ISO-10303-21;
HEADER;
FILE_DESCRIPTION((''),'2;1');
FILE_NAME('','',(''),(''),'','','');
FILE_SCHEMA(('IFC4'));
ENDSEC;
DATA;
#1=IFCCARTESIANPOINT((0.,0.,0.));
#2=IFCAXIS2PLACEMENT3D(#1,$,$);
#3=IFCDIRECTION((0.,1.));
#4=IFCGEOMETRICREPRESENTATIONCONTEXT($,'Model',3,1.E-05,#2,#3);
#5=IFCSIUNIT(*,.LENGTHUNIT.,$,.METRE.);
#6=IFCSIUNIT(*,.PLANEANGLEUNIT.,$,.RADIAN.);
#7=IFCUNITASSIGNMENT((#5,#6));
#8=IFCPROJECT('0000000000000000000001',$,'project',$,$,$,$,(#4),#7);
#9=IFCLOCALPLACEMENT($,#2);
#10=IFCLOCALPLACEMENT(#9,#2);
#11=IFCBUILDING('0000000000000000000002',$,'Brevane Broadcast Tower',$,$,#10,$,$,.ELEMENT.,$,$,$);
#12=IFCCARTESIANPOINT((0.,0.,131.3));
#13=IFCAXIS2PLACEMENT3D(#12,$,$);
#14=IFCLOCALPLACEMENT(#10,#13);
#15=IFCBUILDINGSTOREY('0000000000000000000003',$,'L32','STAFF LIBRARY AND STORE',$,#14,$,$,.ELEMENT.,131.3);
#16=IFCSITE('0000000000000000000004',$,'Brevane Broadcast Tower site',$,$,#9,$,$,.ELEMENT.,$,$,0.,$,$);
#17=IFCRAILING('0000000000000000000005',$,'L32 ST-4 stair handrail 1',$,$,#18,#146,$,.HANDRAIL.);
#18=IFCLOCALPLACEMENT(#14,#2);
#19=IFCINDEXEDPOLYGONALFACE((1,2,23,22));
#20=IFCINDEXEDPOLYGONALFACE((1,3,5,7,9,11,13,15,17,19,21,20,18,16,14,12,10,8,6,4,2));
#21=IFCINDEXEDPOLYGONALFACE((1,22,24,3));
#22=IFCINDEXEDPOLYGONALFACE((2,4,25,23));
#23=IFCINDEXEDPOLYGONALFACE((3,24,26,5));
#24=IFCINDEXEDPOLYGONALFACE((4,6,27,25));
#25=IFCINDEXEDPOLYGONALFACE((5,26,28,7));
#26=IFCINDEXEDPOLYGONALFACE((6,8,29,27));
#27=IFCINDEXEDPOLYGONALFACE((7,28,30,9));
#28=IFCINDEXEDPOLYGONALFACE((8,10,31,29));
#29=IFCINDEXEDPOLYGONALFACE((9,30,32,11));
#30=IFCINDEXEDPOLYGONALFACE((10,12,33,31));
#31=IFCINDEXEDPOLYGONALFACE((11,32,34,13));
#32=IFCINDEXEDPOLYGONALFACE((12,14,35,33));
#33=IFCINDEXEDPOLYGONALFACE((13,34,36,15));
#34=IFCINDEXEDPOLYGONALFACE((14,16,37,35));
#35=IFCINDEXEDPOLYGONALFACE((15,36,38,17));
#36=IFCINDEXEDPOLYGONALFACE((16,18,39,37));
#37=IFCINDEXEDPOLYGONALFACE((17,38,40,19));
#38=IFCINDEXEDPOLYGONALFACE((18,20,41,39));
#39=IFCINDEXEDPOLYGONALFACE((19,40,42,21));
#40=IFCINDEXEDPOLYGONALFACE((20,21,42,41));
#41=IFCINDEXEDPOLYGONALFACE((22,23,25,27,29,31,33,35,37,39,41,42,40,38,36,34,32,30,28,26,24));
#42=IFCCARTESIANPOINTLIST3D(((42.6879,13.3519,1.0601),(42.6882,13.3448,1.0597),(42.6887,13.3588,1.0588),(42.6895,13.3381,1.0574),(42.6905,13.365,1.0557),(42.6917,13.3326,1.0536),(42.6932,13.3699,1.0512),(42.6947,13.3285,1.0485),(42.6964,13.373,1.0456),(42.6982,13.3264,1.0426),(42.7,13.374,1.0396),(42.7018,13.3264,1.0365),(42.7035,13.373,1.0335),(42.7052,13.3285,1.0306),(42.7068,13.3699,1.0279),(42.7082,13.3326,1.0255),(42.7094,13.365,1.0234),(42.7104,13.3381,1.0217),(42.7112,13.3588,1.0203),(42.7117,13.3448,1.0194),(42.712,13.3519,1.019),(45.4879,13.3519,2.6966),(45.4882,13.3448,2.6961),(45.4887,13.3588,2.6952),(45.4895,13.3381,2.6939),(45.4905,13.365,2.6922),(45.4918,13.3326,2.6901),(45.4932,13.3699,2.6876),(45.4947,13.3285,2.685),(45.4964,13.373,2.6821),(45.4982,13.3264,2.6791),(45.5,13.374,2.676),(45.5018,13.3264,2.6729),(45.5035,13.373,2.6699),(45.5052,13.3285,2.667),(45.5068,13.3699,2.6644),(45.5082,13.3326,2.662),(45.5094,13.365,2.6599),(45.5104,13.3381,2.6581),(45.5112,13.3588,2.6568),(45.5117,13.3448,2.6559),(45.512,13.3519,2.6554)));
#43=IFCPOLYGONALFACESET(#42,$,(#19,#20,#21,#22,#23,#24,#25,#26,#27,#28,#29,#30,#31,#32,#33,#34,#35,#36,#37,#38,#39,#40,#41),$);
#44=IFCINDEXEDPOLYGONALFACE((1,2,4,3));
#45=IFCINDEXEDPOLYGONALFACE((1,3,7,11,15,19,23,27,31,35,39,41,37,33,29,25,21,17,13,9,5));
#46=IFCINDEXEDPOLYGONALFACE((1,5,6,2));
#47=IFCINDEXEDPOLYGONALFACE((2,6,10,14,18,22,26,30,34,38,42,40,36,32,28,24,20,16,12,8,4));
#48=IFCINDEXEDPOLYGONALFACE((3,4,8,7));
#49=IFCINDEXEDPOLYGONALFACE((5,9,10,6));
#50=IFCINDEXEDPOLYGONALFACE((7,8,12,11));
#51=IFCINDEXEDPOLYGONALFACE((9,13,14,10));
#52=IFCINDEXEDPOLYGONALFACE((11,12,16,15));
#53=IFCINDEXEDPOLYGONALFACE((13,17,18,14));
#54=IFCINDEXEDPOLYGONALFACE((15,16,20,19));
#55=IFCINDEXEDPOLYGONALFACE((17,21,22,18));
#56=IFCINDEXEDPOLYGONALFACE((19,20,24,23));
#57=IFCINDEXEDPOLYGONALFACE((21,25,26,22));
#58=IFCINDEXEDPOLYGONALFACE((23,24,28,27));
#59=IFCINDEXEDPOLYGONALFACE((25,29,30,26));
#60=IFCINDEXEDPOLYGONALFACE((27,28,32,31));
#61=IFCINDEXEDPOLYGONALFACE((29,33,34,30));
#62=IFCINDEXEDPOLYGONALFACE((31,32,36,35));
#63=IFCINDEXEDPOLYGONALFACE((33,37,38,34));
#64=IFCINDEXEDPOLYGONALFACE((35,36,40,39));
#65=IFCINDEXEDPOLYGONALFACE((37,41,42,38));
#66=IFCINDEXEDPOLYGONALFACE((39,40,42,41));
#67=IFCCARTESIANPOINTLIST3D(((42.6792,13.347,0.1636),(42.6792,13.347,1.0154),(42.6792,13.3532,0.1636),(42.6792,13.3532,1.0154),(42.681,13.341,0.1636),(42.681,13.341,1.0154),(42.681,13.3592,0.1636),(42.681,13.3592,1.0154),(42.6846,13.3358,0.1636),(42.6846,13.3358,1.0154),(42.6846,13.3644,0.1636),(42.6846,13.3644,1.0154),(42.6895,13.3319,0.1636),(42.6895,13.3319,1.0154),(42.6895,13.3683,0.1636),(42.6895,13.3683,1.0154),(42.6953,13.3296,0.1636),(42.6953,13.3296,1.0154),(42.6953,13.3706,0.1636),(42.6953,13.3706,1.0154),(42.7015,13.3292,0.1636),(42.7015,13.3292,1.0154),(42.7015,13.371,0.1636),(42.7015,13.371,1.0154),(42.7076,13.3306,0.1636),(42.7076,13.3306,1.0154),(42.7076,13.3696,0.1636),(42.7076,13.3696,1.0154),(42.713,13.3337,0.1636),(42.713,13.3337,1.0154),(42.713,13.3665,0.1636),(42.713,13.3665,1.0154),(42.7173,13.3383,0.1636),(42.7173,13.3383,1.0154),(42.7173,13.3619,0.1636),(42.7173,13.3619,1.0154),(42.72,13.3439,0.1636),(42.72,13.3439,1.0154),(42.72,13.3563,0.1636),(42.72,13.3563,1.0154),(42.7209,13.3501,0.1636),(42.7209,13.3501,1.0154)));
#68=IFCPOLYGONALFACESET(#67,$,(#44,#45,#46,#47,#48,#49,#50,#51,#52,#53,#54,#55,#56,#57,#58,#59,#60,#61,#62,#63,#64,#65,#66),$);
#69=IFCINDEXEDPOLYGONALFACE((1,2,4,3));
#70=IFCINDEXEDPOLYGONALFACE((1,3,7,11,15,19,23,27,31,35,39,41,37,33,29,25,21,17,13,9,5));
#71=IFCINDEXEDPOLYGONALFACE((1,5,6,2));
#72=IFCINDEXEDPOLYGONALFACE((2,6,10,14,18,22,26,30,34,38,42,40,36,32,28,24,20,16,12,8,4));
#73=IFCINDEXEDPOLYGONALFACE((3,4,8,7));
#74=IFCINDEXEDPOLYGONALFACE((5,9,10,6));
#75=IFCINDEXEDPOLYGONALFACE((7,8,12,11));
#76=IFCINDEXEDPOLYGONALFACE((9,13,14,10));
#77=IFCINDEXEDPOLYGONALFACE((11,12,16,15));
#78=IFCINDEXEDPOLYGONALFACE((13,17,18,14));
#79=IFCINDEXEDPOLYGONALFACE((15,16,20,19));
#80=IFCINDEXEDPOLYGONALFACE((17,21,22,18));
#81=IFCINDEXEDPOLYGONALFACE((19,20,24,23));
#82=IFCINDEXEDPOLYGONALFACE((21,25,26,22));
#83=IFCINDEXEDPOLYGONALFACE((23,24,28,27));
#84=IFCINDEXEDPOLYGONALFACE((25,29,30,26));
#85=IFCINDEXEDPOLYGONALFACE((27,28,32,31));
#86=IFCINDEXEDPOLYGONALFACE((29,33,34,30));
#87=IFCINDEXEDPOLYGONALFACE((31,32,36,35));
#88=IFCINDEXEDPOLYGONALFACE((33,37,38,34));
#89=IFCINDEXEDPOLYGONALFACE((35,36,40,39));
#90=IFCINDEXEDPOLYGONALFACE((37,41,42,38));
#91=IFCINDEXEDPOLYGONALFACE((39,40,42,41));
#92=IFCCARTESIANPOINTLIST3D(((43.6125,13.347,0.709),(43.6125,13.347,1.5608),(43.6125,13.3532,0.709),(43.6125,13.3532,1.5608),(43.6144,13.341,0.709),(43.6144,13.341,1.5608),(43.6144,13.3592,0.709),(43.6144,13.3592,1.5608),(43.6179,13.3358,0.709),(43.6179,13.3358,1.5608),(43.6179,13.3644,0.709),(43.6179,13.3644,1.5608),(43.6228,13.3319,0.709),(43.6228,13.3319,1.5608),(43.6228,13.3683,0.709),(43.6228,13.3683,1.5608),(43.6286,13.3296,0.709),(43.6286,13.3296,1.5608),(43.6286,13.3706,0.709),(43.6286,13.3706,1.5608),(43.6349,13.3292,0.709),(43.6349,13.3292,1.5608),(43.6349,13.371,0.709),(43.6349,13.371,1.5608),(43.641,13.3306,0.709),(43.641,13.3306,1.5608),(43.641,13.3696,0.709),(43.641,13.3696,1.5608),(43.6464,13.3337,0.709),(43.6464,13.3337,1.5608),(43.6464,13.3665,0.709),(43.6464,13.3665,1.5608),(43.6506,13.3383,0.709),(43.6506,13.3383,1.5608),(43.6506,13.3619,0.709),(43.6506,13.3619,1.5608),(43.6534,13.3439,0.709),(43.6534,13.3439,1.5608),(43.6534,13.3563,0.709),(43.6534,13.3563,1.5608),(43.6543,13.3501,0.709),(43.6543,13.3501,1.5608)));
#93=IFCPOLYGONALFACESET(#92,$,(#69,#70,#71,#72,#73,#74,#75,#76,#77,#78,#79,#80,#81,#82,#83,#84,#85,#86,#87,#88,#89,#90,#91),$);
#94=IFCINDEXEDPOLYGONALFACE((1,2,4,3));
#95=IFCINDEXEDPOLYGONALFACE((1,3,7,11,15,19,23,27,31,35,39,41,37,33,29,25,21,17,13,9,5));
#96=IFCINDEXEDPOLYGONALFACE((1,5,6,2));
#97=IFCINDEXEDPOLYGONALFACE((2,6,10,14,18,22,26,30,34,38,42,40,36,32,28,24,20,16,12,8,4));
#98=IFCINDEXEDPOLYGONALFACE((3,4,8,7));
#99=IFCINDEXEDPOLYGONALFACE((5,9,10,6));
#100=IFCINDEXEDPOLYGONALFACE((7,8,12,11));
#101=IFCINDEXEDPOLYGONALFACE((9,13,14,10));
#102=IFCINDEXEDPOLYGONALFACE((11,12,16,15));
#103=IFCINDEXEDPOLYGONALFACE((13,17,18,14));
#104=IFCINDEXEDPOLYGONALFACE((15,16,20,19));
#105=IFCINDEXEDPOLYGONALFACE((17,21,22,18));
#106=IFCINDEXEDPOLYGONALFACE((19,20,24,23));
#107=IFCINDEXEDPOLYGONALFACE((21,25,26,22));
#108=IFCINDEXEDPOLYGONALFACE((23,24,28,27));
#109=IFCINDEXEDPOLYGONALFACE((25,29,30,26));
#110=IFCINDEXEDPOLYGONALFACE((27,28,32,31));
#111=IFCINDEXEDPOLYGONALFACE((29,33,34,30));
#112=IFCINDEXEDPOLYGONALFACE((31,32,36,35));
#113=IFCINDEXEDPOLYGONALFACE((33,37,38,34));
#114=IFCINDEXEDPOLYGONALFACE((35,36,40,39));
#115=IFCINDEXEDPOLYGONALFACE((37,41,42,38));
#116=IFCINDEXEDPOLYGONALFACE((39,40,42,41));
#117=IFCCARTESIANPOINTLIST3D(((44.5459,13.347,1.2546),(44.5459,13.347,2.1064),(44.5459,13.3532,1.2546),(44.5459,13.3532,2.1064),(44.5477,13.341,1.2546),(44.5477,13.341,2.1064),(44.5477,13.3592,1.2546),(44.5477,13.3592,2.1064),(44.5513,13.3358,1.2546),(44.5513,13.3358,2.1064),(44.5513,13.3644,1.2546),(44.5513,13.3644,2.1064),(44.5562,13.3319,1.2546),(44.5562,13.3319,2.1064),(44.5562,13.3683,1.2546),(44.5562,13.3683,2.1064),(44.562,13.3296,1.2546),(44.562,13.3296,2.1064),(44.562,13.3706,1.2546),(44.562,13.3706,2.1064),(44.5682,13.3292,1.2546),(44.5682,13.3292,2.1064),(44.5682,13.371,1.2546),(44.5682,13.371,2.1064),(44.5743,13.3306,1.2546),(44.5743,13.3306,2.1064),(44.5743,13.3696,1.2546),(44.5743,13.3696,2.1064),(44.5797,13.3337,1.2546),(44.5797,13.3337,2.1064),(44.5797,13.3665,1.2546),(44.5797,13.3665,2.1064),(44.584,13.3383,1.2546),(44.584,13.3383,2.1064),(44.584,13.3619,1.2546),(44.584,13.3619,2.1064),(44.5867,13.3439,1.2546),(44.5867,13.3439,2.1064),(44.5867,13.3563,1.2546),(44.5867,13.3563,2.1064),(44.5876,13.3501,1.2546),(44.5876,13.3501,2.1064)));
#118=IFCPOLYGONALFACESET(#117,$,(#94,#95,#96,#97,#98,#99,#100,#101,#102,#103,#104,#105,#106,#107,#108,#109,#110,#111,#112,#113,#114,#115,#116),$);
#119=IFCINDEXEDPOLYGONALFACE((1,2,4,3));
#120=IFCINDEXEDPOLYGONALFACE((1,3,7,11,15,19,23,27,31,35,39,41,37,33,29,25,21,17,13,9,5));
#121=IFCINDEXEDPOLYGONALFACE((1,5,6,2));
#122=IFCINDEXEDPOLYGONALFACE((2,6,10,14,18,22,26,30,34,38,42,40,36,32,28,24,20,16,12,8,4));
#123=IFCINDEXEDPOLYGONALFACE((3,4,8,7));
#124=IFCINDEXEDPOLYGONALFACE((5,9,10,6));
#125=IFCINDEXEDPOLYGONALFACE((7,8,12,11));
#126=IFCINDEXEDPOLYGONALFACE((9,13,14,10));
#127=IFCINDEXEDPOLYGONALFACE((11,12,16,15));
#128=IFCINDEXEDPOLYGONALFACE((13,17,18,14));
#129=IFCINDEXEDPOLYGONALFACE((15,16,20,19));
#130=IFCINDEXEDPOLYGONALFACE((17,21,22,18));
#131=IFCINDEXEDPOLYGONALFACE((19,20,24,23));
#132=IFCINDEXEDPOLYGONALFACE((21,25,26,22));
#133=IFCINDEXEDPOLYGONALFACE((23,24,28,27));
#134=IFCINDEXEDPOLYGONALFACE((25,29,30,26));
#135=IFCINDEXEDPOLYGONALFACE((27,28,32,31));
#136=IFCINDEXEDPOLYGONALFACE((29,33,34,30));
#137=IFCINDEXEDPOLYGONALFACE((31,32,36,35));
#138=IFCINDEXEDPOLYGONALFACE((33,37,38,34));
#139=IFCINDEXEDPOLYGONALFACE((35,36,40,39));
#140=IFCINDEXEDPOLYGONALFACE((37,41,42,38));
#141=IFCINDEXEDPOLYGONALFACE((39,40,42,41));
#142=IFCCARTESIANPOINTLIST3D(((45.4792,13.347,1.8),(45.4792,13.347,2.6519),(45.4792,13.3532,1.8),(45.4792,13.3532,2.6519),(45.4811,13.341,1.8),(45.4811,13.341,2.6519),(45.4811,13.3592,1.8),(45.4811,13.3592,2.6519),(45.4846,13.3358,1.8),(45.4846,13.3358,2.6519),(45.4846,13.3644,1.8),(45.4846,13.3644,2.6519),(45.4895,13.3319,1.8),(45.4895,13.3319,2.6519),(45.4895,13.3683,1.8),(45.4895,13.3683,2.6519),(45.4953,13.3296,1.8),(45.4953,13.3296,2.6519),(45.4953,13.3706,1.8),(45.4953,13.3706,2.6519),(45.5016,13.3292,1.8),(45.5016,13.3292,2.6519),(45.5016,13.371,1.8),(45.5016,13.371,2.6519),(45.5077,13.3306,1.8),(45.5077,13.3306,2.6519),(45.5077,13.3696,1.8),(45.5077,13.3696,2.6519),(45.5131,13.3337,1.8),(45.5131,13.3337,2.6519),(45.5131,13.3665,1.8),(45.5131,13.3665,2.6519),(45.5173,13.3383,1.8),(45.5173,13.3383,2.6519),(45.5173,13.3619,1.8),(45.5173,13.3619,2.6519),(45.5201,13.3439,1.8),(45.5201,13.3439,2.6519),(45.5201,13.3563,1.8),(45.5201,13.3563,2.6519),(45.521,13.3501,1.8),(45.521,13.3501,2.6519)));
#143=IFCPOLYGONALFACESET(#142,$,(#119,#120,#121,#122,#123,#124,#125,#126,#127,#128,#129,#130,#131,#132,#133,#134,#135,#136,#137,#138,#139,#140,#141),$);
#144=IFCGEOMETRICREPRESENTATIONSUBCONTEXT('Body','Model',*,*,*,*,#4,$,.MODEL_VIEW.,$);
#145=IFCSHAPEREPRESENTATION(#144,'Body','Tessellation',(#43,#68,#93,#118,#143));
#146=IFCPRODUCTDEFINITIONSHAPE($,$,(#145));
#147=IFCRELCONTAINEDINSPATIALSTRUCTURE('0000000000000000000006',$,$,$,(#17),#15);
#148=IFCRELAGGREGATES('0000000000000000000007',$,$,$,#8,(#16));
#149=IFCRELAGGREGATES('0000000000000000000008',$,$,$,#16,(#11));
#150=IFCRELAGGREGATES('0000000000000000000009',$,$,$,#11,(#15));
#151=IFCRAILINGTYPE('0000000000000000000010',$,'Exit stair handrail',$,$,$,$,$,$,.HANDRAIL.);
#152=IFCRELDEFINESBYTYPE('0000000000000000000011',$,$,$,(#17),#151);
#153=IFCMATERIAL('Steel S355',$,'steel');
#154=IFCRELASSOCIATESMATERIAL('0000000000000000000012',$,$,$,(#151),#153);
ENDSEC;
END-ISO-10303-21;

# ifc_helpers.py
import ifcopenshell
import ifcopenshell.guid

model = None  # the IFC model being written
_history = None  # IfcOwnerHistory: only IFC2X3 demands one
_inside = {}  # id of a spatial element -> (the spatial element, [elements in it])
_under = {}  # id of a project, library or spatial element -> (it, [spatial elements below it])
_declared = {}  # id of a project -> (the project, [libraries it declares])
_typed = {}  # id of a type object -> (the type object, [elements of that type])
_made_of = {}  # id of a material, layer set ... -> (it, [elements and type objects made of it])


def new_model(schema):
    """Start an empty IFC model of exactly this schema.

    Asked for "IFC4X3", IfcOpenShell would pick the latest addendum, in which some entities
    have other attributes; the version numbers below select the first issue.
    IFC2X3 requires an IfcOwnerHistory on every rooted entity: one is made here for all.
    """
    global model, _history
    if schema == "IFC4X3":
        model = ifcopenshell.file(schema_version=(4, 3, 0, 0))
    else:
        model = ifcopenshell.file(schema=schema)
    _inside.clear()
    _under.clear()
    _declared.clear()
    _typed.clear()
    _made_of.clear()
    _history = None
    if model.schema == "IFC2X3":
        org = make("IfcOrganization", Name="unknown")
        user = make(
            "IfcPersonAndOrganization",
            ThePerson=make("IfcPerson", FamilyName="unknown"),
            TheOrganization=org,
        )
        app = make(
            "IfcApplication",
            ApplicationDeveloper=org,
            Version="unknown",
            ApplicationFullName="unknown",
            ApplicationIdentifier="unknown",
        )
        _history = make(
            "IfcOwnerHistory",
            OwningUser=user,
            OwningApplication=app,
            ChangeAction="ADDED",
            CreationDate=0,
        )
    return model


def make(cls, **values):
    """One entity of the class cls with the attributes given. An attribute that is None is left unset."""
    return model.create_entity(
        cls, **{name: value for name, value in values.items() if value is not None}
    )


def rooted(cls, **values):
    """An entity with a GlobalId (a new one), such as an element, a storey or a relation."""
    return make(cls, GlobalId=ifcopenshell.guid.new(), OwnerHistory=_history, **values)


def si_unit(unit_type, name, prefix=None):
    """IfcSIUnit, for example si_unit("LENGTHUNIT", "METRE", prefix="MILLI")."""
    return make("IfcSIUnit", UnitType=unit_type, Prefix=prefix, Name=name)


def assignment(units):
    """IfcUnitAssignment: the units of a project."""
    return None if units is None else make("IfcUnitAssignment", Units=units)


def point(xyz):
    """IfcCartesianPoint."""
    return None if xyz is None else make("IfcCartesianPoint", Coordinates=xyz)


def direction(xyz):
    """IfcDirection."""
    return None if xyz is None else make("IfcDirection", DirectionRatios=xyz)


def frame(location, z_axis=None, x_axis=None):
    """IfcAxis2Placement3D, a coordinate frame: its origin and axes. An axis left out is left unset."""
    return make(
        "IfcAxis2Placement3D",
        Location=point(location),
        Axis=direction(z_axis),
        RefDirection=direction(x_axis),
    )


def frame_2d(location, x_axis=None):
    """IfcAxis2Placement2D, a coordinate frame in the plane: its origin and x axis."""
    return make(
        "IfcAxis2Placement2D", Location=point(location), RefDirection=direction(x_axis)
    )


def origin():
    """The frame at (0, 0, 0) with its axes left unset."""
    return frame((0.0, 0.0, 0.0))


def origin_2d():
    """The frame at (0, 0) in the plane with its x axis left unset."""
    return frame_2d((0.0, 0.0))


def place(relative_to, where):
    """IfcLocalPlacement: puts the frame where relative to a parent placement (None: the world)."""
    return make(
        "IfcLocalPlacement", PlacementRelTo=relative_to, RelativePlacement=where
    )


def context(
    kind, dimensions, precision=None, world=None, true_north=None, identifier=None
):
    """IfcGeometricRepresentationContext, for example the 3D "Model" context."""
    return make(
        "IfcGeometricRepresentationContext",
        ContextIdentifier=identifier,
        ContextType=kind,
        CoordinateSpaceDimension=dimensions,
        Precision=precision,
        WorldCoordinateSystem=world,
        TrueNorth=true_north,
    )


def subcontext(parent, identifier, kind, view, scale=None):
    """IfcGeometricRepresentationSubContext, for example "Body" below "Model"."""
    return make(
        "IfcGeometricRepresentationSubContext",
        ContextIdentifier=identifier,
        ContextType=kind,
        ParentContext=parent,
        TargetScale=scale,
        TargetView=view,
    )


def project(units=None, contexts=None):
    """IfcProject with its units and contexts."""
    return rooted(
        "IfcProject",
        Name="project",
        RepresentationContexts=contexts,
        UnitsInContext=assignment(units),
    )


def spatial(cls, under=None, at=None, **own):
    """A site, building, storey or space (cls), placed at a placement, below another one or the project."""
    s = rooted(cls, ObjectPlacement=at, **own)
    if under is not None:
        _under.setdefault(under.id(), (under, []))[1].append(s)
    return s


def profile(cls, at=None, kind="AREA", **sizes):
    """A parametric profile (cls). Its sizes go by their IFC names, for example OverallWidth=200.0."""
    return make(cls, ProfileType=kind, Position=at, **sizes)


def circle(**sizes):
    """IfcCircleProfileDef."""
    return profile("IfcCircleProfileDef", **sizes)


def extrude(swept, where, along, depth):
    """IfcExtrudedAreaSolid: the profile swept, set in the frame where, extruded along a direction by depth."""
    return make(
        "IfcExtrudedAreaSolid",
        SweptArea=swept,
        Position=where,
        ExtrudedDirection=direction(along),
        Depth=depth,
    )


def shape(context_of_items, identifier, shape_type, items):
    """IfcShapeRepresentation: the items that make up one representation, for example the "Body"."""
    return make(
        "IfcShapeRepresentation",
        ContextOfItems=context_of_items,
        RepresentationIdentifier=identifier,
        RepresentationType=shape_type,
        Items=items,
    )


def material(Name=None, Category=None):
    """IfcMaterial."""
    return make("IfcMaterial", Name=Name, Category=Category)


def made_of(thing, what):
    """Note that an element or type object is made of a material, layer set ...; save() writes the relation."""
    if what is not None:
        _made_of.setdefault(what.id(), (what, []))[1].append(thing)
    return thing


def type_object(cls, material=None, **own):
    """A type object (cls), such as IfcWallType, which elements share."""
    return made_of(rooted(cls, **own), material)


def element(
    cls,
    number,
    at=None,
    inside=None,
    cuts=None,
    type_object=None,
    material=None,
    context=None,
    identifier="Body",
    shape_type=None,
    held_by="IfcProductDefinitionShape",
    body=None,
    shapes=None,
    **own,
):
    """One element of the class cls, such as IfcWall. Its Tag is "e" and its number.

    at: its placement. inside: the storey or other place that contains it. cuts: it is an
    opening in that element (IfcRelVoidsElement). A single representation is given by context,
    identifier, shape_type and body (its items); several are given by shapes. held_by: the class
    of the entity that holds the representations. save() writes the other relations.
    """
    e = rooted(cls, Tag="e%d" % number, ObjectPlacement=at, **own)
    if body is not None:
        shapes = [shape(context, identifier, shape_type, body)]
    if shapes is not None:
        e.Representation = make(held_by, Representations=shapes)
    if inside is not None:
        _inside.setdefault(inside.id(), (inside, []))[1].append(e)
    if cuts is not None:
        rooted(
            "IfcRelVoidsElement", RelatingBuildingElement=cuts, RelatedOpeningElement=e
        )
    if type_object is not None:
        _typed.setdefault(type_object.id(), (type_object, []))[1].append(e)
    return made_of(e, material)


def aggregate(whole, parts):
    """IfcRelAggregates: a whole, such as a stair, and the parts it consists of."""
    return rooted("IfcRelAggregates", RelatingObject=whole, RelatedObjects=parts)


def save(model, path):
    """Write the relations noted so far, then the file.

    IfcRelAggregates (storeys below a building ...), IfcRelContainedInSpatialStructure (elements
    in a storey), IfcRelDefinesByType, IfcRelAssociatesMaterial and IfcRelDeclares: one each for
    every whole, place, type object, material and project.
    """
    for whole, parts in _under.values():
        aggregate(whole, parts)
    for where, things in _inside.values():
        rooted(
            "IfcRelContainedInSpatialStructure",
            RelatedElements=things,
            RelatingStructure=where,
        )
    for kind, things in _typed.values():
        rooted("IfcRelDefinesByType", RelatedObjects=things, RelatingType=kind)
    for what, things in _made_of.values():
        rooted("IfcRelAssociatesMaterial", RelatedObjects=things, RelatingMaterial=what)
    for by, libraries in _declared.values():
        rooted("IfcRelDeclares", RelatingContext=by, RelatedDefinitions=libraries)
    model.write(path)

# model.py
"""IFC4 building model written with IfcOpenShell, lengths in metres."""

from ifc_helpers import new_model, si_unit, direction, frame, origin, origin_2d, place, context, subcontext, project, spatial, circle, extrude, material, type_object, element, save


model = new_model("IFC4")

# Units and contexts
model_context = context("Model", 3, precision=1e-05, world=origin(), true_north=direction((0.0, 1.0)))
body_context = subcontext(model_context, "Body", "Model", "MODEL_VIEW")
ifc_project = project(units=[si_unit("LENGTHUNIT", "METRE"), si_unit("PLANEANGLEUNIT", "RADIAN")], contexts=[model_context])

# Site, building, storey
site_placement = place(None, origin())
site = spatial("IfcSite", under=ifc_project, at=site_placement, Name="Brevane Broadcast Tower site", CompositionType="ELEMENT", RefElevation=0.0)
building_placement = place(site_placement, origin())
building = spatial("IfcBuilding", under=site, at=building_placement, Name="Brevane Broadcast Tower", CompositionType="ELEMENT")
storey_placement = place(building_placement, frame((0.0, 0.0, 131.3)))
storey = spatial("IfcBuildingStorey", under=building, at=storey_placement, Name="L32", Description="STAFF LIBRARY AND STORE", CompositionType="ELEMENT", Elevation=131.3)

# Railing
ifc_material_1 = material(Name="Steel S355", Category="steel")
railing_type_1 = type_object("IfcRailingType", Name="Exit stair handrail", PredefinedType="HANDRAIL", material=ifc_material_1)
railing_1_placement = place(storey_placement, frame((42.7, 13.3501, 0.1636)))
element("IfcRailing", 1, at=railing_1_placement, inside=storey, type_object=railing_type_1, Name="L32 ST-4 stair handrail 1", PredefinedType="HANDRAIL", context=body_context, shape_type="SweptSolid", body=[
    extrude(circle(Radius=0.0239, at=origin_2d()), frame((0.0, 0.0, 0.876), z_axis=(0.863361, 0.0, 0.504587), x_axis=(0.0, 1.0, 0.0)), (0.0, 0.0, 1.0), 3.2432),
    extrude(circle(Radius=0.021, at=origin_2d()), origin(), (0.0, 0.0, 1.0), 0.8518),
    extrude(circle(Radius=0.021, at=origin_2d()), frame((0.9333, 0.0, 0.5454)), (0.0, 0.0, 1.0), 0.8518),
    extrude(circle(Radius=0.021, at=origin_2d()), frame((1.8667, 0.0, 1.0911)), (0.0, 0.0, 1.0), 0.8518),
    extrude(circle(Radius=0.021, at=origin_2d()), frame((2.8, 0.0, 1.6365)), (0.0, 0.0, 1.0), 0.8518),
])

save(model, "model.ifc")
